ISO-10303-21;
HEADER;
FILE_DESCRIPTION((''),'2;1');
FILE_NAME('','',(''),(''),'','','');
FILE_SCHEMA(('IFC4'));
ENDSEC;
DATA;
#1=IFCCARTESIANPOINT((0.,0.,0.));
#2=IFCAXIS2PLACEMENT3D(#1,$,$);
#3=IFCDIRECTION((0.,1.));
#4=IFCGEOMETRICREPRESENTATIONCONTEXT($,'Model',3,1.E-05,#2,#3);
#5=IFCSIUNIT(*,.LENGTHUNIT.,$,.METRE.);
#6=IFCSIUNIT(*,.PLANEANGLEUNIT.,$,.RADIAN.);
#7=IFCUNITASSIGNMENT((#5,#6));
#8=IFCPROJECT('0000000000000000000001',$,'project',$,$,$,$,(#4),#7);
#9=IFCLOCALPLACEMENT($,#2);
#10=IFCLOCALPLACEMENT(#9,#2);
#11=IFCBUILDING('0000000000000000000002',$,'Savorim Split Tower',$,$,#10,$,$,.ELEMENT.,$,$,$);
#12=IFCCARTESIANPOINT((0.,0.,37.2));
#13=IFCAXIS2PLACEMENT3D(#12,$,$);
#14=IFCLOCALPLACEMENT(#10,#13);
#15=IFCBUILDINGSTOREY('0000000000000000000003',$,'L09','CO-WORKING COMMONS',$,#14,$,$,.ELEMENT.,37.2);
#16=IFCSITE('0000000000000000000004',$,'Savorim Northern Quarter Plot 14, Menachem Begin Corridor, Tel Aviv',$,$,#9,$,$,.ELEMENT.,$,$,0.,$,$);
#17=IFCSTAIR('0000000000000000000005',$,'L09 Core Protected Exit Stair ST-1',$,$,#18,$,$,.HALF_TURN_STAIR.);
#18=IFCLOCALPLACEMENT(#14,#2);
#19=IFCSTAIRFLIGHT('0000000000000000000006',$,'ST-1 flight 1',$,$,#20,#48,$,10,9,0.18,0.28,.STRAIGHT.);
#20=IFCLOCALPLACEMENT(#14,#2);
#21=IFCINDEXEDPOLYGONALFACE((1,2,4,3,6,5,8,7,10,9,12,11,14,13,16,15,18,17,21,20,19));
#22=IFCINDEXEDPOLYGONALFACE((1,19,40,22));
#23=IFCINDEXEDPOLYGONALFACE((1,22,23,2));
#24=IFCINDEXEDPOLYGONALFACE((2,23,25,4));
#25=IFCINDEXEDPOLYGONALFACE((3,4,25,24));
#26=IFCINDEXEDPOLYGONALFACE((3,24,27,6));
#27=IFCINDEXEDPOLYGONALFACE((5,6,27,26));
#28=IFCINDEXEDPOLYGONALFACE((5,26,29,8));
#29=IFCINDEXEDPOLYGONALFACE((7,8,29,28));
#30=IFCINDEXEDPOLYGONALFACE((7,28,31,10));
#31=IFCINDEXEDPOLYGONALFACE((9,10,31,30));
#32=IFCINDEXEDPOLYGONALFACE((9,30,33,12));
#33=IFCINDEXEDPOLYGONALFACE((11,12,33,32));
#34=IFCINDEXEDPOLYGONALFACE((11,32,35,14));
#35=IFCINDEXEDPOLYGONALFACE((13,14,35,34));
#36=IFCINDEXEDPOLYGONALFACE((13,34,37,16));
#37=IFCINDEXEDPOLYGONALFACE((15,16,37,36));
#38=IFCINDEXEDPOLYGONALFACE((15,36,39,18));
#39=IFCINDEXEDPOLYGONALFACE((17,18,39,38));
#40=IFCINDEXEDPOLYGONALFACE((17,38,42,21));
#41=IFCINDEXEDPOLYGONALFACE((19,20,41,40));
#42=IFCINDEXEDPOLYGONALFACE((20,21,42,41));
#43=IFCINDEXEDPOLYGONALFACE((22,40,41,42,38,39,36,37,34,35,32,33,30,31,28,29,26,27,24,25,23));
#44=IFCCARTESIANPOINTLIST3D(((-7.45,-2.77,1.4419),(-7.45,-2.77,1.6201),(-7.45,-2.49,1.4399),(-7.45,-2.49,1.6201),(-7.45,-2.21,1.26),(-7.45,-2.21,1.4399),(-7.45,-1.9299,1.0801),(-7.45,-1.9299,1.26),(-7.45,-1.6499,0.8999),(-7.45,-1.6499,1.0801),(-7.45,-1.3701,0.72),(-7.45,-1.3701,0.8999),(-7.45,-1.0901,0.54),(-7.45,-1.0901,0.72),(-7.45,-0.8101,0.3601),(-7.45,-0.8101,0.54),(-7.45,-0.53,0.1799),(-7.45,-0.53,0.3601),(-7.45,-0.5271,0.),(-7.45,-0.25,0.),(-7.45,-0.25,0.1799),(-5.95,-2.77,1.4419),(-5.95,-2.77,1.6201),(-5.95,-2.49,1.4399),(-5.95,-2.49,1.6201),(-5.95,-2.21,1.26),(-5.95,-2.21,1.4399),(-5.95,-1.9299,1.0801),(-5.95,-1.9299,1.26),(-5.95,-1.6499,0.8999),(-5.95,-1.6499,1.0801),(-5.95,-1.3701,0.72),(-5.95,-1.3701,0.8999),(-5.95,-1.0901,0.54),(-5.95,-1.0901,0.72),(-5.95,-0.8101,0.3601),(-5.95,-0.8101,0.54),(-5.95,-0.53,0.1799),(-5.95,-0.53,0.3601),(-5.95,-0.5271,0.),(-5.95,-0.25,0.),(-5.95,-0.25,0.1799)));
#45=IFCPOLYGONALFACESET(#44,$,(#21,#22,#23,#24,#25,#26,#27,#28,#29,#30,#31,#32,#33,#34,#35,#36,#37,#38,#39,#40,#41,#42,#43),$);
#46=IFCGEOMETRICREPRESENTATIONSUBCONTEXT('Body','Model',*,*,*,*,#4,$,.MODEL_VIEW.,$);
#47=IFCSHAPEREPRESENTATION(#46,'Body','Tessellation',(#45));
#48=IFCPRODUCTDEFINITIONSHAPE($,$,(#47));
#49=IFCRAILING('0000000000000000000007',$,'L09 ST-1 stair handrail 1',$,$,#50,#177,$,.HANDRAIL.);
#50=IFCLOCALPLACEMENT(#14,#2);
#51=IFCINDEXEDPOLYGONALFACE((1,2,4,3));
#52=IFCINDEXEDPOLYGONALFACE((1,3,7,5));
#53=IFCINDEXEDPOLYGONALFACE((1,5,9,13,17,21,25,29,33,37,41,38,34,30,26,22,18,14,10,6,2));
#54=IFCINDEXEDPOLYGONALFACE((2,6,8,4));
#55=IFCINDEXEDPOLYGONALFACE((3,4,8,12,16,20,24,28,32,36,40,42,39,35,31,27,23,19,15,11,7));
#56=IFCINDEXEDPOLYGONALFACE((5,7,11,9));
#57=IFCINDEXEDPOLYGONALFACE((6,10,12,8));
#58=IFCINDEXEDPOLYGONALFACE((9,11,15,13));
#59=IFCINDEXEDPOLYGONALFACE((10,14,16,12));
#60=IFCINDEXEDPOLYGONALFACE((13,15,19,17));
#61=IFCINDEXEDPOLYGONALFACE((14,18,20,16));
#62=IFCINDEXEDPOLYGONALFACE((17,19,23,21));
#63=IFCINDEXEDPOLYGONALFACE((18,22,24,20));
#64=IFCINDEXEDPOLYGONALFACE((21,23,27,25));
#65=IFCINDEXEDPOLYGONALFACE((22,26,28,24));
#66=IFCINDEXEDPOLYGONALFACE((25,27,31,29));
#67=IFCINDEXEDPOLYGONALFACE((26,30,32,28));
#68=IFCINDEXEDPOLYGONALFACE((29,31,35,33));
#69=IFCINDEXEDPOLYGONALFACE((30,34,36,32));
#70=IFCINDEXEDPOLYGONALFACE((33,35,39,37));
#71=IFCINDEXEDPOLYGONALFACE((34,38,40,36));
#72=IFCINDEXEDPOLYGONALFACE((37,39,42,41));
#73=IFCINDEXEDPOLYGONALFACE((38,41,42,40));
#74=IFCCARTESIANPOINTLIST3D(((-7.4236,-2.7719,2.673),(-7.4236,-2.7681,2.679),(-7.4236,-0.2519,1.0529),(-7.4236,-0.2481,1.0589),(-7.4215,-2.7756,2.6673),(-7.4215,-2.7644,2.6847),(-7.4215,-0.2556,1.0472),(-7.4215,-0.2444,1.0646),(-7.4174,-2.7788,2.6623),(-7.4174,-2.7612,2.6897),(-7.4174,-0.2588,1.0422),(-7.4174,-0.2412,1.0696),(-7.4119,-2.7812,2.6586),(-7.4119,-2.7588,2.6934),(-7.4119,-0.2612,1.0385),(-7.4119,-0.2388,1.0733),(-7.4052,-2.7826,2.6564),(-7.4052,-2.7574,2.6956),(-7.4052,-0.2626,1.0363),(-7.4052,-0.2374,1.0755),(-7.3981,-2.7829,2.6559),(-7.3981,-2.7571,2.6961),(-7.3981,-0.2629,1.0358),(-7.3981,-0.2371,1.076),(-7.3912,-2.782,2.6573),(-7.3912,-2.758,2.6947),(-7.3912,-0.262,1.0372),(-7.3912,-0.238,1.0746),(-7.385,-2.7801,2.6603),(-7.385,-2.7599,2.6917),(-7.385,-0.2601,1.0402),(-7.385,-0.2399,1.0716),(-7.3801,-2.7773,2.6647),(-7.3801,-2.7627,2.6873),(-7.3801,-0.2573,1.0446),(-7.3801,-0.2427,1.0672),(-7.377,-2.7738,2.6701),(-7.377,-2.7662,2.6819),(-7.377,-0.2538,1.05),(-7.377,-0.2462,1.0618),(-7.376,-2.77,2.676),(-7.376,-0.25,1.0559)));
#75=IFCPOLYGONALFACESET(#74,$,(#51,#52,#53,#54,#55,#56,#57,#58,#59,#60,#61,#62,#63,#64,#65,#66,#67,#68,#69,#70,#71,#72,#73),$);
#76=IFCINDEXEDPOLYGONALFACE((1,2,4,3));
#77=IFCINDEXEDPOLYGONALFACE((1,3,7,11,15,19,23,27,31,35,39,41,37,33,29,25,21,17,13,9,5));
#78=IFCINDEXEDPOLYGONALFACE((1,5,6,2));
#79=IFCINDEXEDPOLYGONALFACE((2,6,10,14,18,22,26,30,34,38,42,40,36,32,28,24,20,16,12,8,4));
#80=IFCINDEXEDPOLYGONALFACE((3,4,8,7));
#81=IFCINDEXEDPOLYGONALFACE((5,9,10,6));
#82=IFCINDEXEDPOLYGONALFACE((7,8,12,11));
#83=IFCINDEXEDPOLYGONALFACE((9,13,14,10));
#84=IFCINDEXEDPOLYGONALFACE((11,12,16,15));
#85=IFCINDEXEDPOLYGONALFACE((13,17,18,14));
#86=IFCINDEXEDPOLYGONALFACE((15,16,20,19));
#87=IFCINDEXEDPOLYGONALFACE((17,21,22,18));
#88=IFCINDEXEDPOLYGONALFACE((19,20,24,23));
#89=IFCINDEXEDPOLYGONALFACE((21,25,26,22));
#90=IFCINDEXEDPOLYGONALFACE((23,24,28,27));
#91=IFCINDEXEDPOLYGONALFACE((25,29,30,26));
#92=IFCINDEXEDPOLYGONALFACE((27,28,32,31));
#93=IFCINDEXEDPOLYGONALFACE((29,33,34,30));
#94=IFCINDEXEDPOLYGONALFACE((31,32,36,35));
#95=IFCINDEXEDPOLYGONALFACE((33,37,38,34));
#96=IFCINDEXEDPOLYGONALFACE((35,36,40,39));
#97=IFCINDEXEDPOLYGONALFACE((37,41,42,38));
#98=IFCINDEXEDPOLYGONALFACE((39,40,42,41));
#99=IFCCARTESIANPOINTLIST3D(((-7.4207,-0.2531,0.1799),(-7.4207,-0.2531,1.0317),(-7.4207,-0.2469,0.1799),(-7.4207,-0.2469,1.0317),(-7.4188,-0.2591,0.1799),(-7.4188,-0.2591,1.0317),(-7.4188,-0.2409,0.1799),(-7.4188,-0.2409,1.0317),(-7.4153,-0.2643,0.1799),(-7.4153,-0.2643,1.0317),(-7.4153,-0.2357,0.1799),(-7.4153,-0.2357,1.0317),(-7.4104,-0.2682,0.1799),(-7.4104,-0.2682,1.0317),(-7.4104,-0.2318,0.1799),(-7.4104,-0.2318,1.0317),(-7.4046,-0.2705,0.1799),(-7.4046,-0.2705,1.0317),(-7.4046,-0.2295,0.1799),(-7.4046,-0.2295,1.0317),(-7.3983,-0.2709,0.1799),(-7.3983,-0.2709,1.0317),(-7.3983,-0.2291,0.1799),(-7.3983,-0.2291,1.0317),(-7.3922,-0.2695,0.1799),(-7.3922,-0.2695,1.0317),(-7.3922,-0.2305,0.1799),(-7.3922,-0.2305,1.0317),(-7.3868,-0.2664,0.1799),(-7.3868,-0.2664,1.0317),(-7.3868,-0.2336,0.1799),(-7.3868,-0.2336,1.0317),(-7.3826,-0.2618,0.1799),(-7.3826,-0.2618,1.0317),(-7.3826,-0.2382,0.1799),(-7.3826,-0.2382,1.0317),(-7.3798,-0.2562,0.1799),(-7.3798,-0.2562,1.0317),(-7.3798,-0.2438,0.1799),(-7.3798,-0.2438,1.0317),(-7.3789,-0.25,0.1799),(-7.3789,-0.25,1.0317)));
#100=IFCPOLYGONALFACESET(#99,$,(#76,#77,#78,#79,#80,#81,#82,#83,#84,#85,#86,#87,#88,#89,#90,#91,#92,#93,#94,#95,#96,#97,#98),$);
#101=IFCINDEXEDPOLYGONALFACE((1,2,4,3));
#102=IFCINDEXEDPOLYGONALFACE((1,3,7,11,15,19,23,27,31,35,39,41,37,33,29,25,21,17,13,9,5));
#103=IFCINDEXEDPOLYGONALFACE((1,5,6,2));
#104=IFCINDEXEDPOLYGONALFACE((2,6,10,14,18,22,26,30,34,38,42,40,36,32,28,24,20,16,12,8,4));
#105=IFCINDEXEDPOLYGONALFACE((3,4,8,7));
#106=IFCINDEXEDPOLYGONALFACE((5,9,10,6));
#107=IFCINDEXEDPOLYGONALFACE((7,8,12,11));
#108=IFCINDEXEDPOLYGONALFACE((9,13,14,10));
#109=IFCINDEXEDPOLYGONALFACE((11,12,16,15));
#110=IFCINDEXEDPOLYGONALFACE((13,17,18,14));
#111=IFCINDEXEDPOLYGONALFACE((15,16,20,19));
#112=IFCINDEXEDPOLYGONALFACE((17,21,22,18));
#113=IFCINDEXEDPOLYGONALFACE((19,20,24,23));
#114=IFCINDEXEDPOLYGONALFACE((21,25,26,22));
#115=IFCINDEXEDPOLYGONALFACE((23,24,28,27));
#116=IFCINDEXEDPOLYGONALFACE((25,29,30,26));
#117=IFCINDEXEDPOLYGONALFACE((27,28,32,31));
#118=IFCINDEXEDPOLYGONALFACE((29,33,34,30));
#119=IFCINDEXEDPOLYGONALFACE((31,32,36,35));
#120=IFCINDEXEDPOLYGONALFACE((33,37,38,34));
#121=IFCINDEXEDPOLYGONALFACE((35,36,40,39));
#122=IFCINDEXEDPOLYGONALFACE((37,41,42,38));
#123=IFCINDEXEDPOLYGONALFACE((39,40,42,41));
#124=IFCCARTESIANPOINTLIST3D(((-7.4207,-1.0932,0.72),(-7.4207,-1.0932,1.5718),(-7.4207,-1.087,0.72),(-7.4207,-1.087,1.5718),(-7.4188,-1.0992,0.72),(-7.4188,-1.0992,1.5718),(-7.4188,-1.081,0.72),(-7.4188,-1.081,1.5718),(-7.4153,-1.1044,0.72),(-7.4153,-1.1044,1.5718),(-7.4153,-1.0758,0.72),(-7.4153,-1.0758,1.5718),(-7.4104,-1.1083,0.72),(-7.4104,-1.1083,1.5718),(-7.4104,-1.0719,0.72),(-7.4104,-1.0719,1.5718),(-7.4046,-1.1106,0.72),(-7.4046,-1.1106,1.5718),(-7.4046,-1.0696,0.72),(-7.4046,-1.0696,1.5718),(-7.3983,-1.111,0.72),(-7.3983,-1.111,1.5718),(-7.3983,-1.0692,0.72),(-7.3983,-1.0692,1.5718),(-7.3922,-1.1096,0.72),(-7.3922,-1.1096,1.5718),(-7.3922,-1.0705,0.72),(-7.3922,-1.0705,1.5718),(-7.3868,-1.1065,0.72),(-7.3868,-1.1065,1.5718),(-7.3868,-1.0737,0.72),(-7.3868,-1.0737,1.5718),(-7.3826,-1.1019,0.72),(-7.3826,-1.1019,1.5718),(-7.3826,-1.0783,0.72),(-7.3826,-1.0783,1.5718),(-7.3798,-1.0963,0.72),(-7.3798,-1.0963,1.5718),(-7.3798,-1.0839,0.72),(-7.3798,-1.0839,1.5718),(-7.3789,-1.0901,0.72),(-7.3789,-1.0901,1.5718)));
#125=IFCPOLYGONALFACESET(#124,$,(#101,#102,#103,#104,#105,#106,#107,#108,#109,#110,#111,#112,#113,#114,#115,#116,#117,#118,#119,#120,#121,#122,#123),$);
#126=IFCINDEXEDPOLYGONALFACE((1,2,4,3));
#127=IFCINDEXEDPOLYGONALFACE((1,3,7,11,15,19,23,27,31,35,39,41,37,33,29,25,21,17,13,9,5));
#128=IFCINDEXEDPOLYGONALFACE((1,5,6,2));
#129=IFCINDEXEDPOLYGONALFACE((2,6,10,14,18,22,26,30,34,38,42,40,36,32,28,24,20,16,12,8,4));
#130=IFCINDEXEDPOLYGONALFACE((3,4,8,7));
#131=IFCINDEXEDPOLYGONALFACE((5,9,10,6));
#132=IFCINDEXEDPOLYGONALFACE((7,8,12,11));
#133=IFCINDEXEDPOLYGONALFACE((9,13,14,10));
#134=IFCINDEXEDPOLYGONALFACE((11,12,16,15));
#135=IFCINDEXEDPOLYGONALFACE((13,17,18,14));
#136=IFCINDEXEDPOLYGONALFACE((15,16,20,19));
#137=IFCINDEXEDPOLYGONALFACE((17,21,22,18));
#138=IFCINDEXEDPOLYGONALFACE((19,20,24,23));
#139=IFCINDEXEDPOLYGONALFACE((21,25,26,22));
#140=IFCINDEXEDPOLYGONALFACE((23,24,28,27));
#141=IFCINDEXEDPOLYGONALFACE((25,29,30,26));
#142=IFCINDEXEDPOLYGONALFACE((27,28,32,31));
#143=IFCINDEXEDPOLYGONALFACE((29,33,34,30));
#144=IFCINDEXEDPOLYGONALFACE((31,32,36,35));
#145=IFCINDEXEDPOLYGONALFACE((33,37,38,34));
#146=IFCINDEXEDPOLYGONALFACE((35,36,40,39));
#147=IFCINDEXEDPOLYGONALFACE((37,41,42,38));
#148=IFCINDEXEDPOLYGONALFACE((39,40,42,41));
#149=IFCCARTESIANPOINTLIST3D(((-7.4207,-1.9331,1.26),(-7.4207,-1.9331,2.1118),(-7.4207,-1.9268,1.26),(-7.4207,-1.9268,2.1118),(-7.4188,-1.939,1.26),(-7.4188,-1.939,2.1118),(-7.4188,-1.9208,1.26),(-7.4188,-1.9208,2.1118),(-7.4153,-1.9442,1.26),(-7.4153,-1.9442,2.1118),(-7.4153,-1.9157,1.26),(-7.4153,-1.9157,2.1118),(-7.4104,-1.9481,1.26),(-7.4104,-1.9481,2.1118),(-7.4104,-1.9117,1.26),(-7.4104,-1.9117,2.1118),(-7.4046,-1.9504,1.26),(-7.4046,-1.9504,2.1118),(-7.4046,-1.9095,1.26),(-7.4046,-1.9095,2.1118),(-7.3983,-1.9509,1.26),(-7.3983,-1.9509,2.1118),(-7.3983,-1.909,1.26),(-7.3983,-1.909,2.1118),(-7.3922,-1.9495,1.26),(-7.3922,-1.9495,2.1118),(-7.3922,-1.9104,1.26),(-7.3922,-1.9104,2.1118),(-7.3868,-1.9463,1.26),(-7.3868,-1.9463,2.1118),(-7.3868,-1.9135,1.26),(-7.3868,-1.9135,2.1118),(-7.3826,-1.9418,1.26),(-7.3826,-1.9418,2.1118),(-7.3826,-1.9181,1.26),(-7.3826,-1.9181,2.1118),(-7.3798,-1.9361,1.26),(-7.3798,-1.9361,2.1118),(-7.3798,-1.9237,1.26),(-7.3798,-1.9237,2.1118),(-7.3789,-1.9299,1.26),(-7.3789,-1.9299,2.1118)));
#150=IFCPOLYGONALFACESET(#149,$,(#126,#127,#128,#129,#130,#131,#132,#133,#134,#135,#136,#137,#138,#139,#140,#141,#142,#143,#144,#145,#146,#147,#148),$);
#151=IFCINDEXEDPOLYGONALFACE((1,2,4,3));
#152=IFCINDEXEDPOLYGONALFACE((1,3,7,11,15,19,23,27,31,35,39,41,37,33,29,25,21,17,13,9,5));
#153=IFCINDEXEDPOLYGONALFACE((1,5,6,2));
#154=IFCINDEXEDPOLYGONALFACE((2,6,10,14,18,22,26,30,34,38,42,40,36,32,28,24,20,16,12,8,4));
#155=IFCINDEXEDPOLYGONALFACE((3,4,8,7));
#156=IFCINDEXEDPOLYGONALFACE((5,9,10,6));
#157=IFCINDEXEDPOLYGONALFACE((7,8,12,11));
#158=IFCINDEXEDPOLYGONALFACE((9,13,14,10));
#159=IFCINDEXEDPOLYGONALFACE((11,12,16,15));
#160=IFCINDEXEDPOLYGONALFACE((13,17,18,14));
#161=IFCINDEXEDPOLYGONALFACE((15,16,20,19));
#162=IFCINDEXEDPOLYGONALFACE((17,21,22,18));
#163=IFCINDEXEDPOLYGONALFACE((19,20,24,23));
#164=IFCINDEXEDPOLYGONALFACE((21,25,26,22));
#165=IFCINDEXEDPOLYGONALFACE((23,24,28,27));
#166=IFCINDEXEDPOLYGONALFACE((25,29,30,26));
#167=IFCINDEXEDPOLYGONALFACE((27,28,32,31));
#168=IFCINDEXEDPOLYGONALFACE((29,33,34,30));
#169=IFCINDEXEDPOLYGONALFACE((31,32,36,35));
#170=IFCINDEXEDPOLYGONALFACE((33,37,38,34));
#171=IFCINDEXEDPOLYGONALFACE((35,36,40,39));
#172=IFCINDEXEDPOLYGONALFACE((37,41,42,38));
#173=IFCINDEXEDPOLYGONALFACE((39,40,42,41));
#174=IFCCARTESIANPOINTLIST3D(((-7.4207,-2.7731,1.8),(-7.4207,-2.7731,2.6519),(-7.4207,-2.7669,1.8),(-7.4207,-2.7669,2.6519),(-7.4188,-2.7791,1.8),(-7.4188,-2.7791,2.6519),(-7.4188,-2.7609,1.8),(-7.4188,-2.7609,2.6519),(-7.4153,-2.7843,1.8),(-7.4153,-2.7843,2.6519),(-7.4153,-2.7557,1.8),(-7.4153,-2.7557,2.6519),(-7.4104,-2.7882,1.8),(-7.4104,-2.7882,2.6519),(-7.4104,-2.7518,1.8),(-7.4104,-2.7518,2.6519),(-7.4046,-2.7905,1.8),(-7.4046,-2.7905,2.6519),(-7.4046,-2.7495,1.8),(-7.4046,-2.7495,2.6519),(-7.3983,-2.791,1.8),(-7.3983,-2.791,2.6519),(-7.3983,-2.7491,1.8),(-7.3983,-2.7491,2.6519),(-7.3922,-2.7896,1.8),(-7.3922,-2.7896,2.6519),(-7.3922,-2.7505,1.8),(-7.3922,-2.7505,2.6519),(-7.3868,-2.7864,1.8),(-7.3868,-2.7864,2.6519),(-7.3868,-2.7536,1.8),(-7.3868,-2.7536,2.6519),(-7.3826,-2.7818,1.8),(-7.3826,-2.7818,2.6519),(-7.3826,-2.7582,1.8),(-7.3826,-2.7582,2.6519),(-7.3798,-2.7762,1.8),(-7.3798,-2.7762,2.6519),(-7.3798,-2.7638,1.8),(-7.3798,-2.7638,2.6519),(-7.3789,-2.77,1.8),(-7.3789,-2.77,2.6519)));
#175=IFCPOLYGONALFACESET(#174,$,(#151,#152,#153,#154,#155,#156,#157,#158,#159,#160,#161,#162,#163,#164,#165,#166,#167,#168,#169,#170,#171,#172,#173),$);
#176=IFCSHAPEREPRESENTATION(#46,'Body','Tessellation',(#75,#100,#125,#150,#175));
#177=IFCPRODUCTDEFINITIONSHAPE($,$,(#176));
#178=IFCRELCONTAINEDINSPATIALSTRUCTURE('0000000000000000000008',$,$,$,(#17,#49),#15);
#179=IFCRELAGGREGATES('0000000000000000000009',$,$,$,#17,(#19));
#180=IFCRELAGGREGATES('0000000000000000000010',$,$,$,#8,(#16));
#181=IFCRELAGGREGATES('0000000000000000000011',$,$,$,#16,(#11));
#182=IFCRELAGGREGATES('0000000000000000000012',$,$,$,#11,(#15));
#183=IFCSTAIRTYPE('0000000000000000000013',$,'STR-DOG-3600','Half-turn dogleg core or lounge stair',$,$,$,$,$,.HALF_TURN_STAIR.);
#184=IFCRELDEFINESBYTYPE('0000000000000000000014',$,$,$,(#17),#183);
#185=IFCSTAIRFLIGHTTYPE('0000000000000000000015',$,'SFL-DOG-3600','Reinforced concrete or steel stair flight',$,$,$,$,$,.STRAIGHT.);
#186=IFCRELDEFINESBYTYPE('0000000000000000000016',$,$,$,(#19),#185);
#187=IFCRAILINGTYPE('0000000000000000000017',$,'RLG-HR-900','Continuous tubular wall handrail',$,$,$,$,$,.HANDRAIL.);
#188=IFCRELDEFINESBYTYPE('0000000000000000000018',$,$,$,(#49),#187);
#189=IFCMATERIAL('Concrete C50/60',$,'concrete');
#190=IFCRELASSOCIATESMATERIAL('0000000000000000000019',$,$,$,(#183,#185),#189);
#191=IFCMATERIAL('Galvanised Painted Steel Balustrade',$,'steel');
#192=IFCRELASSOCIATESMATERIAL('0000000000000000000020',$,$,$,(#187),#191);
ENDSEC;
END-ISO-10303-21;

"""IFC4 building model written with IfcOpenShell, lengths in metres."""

from ifc_helpers import new_model, si_unit, direction, frame, origin, origin_2d, place, context, subcontext, project, spatial, polyline, circle, outline, extrude, material, type_object, element, aggregate, save


model = new_model("IFC4")

# Units and contexts
model_context = context("Model", 3, precision=1e-05, world=origin(), true_north=direction((0.0, 1.0)))
body_context = subcontext(model_context, "Body", "Model", "MODEL_VIEW")
ifc_project = project(units=[si_unit("LENGTHUNIT", "METRE"), si_unit("PLANEANGLEUNIT", "RADIAN")], contexts=[model_context])

# Site, building, storey
site_placement = place(None, origin())
site = spatial("IfcSite", under=ifc_project, at=site_placement, Name="Savorim Northern Quarter Plot 14, Menachem Begin Corridor, Tel Aviv", CompositionType="ELEMENT", RefElevation=0.0)
building_placement = place(site_placement, origin())
building = spatial("IfcBuilding", under=site, at=building_placement, Name="Savorim Split Tower", CompositionType="ELEMENT")
storey_placement = place(building_placement, frame((0.0, 0.0, 37.2)))
storey = spatial("IfcBuildingStorey", under=building, at=storey_placement, Name="L09", Description="CO-WORKING COMMONS", CompositionType="ELEMENT", Elevation=37.2)

# Shared definitions
ifc_material_1 = material(Name="Concrete C50/60", Category="concrete")

# Stair, stair flight
stair_type = type_object("IfcStairType", Name="STR-DOG-3600", Description="Half-turn dogleg core or lounge stair", PredefinedType="HALF_TURN_STAIR", material=ifc_material_1)
stair_placement = place(storey_placement, origin())
stair = element("IfcStair", 1, at=stair_placement, inside=storey, type_object=stair_type, Name="L09 Core Protected Exit Stair ST-1", PredefinedType="HALF_TURN_STAIR")
stair_flight_type = type_object("IfcStairFlightType", Name="SFL-DOG-3600", Description="Reinforced concrete or steel stair flight", PredefinedType="STRAIGHT", material=ifc_material_1)
stair_flight_placement = place(storey_placement, frame((-6.7, -0.25, 0.0), z_axis=(0.0, 0.0, 1.0), x_axis=(0.0, -1.0, 0.0)))
stair_flight = element("IfcStairFlight", 2, at=stair_flight_placement, type_object=stair_flight_type, Name="ST-1 flight 1", NumberOfRisers=10, NumberOfTreads=9, PredefinedType="STRAIGHT", RiserHeight=0.18, TreadLength=0.28, context=body_context, shape_type="SweptSolid", body=[
    extrude(outline(polyline([(0.0, 0.0), (0.0, 0.1799), (0.28, 0.1799), (0.28, 0.3601), (0.5601, 0.3601), (0.5601, 0.54), (0.8401, 0.54), (0.8401, 0.72), (1.1201, 0.72), (1.1201, 0.8999), (1.3999, 0.8999), (1.3999, 1.0801), (1.6799, 1.0801), (1.6799, 1.26), (1.96, 1.26), (1.96, 1.4399), (2.24, 1.4399), (2.24, 1.6201), (2.52, 1.6201), (2.52, 1.8), (2.52, 1.4419), (0.2771, 0.0), (0.0, 0.0)])), frame((0.0, 0.75, 0.0), z_axis=(0.0, -1.0, 0.0), x_axis=(1.0, 0.0, 0.0)), (0.0, 0.0, 1.0), 1.5),
])
aggregate(stair, [stair_flight])

# Railing
ifc_material_2 = material(Name="Galvanised Painted Steel Balustrade", Category="steel")
railing_type_1 = type_object("IfcRailingType", Name="RLG-HR-900", Description="Continuous tubular wall handrail", PredefinedType="HANDRAIL", material=ifc_material_2)
railing_1_placement = place(storey_placement, frame((-7.3999, -0.25, 0.1799)))
element("IfcRailing", 3, at=railing_1_placement, inside=storey, type_object=railing_type_1, Name="L09 ST-1 stair handrail 1", PredefinedType="HANDRAIL", context=body_context, shape_type="SweptSolid", body=[
    extrude(circle(Radius=0.0239, at=origin_2d()), frame((0.0, 0.0, 0.876), z_axis=(0.0, -0.841163, 0.540782), x_axis=(1.0, 0.0, 0.0)), (0.0, 0.0, 1.0), 2.9958),
    extrude(circle(Radius=0.021, at=origin_2d()), origin(), (0.0, 0.0, 1.0), 0.8518),
    extrude(circle(Radius=0.021, at=origin_2d()), frame((0.0, -0.8401, 0.54)), (0.0, 0.0, 1.0), 0.8518),
    extrude(circle(Radius=0.021, at=origin_2d()), frame((0.0, -1.6799, 1.0801)), (0.0, 0.0, 1.0), 0.8518),
    extrude(circle(Radius=0.021, at=origin_2d()), frame((0.0, -2.52, 1.6201)), (0.0, 0.0, 1.0), 0.8518),
])

save(model, "model.ifc")
